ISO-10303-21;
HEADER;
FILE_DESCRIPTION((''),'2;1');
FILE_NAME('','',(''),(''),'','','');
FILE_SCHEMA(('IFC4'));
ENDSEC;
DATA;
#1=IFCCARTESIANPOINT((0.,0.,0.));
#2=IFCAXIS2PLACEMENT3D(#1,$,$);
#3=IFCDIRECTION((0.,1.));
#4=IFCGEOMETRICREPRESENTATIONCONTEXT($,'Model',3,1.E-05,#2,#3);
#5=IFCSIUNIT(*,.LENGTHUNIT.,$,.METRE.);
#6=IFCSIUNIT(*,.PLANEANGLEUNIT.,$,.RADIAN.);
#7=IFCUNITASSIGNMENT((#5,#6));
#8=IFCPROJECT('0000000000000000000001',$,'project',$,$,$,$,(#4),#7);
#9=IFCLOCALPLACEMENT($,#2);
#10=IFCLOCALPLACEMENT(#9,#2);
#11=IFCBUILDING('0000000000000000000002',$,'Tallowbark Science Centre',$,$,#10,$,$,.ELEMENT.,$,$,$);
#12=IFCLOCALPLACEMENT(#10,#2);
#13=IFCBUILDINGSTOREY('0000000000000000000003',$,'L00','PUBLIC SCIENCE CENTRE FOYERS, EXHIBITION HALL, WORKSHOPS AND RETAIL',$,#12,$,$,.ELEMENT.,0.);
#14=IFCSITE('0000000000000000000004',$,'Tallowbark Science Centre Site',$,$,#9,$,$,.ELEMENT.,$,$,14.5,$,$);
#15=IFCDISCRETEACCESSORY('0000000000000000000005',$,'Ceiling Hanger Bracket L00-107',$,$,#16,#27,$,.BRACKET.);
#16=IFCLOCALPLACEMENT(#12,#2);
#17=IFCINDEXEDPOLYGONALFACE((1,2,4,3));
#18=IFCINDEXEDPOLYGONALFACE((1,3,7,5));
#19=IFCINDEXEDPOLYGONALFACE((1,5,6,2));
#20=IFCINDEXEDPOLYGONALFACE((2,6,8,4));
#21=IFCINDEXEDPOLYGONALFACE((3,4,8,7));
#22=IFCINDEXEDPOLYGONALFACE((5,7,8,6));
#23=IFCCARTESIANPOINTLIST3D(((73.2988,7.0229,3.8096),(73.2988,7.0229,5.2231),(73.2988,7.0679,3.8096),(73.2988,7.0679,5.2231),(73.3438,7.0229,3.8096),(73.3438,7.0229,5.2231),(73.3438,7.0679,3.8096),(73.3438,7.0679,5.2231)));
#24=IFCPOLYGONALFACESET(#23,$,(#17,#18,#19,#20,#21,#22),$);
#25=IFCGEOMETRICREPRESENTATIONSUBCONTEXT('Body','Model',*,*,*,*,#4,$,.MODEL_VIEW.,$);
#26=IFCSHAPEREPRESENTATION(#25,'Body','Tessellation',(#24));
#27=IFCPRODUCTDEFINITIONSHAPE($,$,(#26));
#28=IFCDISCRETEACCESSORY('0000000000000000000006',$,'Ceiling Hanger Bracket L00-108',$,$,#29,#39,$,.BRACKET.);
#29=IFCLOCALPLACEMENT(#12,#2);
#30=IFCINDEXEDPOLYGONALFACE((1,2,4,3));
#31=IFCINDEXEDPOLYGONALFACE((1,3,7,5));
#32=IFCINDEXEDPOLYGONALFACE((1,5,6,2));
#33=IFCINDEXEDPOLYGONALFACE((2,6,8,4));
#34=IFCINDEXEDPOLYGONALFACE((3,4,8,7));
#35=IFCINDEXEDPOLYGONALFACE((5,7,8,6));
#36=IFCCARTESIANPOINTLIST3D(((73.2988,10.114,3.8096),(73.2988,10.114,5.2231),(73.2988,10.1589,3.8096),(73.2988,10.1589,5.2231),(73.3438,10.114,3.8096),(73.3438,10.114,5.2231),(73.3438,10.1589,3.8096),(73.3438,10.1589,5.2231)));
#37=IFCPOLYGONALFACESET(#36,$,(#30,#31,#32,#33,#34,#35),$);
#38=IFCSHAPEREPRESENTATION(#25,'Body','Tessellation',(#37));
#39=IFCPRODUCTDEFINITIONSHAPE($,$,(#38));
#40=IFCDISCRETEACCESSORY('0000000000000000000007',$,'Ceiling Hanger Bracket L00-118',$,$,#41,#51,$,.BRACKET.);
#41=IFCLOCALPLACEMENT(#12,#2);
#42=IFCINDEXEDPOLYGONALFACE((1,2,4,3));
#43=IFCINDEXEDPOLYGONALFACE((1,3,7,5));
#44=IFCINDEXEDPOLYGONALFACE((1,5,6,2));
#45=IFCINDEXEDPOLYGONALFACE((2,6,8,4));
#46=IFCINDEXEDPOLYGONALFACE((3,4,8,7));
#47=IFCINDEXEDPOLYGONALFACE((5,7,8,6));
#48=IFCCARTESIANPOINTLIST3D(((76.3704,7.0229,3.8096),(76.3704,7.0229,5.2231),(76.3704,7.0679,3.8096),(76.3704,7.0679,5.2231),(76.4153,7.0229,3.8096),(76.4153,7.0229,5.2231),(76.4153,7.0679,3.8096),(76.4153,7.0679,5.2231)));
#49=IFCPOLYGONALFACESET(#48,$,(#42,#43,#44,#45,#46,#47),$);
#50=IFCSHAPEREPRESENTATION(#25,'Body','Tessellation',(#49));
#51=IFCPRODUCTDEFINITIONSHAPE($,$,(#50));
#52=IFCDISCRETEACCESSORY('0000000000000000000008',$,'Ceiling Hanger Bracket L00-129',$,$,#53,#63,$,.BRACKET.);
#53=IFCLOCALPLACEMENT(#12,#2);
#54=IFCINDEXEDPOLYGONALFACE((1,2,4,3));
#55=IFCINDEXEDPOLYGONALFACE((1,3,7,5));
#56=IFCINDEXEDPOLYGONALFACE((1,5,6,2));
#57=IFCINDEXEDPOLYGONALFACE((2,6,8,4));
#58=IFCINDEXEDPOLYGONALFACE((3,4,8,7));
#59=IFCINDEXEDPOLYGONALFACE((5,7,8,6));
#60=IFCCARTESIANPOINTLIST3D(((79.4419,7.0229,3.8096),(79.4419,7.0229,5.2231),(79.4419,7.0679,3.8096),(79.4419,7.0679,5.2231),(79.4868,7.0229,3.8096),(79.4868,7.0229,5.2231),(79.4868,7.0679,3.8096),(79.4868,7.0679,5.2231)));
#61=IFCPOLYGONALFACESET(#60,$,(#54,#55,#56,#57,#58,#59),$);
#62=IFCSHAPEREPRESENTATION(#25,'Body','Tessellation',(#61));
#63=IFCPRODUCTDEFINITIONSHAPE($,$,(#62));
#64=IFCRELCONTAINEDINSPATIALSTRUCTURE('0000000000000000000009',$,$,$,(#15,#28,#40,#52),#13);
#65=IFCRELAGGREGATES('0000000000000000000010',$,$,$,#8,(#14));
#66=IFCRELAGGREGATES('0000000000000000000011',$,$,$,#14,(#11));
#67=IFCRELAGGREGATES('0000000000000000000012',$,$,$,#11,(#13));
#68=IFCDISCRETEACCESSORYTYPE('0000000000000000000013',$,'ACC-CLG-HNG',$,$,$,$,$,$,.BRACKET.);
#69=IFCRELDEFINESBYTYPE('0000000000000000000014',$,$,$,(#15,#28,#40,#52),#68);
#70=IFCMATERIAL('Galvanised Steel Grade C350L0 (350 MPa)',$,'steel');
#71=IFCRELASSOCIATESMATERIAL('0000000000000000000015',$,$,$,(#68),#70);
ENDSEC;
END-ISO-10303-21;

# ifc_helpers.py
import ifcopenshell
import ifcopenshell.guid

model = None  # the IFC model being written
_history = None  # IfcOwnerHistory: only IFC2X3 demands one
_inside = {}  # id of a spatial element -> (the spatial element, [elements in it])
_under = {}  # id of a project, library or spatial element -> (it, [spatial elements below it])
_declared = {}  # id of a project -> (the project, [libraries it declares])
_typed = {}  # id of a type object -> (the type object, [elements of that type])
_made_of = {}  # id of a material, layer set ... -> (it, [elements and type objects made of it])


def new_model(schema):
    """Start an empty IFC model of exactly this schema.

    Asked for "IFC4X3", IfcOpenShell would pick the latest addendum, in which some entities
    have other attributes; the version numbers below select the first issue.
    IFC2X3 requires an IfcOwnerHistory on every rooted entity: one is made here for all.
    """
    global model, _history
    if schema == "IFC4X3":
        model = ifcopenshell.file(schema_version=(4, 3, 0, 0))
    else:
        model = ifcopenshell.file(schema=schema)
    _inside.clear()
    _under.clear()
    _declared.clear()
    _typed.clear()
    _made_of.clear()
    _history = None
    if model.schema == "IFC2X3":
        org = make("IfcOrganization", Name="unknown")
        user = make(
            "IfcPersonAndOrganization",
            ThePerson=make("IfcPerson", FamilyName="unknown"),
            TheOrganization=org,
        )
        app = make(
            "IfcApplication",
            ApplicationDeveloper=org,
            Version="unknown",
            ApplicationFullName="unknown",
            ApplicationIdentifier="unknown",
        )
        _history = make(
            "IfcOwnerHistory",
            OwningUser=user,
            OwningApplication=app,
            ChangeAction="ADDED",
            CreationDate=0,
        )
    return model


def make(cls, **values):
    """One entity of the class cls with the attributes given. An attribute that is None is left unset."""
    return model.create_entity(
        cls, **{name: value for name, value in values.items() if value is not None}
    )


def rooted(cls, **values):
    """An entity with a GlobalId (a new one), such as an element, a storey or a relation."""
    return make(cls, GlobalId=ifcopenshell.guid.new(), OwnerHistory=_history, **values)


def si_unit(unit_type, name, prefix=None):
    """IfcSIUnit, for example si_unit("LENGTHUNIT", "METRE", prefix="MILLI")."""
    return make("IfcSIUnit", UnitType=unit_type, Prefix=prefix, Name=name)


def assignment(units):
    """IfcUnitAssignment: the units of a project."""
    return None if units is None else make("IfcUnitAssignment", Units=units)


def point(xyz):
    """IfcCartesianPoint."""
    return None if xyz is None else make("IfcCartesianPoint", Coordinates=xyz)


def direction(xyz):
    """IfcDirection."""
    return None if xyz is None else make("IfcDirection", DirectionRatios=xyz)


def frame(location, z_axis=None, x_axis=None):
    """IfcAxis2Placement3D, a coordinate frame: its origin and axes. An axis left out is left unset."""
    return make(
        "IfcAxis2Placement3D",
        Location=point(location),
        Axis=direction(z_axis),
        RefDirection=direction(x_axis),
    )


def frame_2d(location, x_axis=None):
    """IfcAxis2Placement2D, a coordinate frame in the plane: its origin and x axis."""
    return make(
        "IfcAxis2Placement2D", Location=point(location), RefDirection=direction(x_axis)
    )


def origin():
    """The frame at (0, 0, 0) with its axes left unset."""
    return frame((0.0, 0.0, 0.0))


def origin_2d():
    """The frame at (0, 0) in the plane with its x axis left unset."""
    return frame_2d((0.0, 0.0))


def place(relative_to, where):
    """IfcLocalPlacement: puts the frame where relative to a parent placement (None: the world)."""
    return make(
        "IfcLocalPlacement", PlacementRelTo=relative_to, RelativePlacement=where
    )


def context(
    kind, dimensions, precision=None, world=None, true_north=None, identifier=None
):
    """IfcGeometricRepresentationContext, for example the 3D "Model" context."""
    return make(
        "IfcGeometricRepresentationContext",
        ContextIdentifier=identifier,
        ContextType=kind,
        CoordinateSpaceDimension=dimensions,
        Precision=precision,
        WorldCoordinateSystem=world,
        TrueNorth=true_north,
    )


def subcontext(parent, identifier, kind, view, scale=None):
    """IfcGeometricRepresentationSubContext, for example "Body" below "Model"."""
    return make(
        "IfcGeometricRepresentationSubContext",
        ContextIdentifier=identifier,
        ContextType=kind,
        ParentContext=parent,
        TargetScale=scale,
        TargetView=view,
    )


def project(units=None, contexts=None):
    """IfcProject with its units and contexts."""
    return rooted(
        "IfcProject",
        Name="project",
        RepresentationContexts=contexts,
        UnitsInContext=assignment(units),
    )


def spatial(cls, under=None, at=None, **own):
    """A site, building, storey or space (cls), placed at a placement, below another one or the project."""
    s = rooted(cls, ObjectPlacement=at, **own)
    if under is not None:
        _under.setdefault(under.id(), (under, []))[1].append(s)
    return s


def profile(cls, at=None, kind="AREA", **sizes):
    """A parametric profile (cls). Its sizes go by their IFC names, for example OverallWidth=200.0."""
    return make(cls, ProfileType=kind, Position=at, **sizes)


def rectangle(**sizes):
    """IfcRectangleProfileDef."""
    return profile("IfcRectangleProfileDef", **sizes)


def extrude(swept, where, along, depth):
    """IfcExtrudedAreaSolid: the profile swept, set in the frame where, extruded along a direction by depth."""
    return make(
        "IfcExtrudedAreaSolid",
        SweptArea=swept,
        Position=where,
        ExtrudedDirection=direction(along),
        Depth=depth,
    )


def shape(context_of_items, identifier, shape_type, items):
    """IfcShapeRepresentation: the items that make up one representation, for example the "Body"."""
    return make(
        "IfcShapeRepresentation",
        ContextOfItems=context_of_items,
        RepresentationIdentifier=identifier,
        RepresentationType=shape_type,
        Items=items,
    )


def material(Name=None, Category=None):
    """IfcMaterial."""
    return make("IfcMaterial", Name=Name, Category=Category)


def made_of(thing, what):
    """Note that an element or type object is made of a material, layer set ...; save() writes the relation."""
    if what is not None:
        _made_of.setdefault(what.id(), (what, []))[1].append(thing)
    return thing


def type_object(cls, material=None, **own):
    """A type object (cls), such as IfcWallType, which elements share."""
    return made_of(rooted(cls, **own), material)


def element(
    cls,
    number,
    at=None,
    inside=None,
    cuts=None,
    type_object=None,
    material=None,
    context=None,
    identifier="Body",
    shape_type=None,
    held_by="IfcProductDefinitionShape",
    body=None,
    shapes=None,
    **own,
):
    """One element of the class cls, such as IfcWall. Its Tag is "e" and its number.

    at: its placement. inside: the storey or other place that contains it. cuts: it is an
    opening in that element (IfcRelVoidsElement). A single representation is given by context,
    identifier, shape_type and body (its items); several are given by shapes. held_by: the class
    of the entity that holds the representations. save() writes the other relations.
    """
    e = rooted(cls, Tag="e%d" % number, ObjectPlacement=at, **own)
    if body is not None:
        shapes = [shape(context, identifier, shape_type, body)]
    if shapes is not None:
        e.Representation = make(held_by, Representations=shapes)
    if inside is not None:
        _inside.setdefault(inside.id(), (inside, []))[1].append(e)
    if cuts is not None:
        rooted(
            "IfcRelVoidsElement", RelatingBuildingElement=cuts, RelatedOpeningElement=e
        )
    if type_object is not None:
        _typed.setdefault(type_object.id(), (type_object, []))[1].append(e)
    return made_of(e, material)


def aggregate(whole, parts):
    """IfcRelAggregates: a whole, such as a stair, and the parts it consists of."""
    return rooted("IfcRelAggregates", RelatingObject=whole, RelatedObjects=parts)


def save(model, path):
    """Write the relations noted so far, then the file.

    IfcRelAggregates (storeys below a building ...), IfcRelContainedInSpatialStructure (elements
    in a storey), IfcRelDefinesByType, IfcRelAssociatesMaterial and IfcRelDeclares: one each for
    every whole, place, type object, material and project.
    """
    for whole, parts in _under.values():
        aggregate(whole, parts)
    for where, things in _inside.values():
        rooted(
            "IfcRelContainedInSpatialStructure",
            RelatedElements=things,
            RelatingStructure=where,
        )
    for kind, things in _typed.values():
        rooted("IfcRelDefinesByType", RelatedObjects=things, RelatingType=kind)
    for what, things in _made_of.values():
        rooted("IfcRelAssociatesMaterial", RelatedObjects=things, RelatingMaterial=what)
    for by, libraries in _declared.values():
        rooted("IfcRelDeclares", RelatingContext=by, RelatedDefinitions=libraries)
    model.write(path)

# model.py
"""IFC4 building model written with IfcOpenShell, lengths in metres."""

from ifc_helpers import new_model, si_unit, direction, frame, origin, origin_2d, place, context, subcontext, project, spatial, rectangle, extrude, material, type_object, element, save


model = new_model("IFC4")

# Units and contexts
model_context = context("Model", 3, precision=1e-05, world=origin(), true_north=direction((0.0, 1.0)))
body_context = subcontext(model_context, "Body", "Model", "MODEL_VIEW")
ifc_project = project(units=[si_unit("LENGTHUNIT", "METRE"), si_unit("PLANEANGLEUNIT", "RADIAN")], contexts=[model_context])

# Site, building, storey
site_placement = place(None, origin())
site = spatial("IfcSite", under=ifc_project, at=site_placement, Name="Tallowbark Science Centre Site", CompositionType="ELEMENT", RefElevation=14.5)
building_placement = place(site_placement, origin())
building = spatial("IfcBuilding", under=site, at=building_placement, Name="Tallowbark Science Centre", CompositionType="ELEMENT")
storey_placement = place(building_placement, origin())
storey = spatial("IfcBuildingStorey", under=building, at=storey_placement, Name="L00", Description="PUBLIC SCIENCE CENTRE FOYERS, EXHIBITION HALL, WORKSHOPS AND RETAIL", CompositionType="ELEMENT", Elevation=0.0)

# Discrete accessories
ifc_material_1 = material(Name="Galvanised Steel Grade C350L0 (350 MPa)", Category="steel")
discrete_accessory_type = type_object("IfcDiscreteAccessoryType", Name="ACC-CLG-HNG", PredefinedType="BRACKET", material=ifc_material_1)
for number, where, z_axis, x_axis, name in (
    (1, (73.3213, 7.0454, 3.8096), (0.0, 0.0, 1.0), (1.0, 0.0, 0.0), "Ceiling Hanger Bracket L00-107"),
    (2, (73.3213, 10.1365, 3.8096), (0.0, 0.0, 1.0), (1.0, 0.0, 0.0), "Ceiling Hanger Bracket L00-108"),
    (3, (76.3928, 7.0454, 3.8096), (0.0, 0.0, 1.0), (1.0, 0.0, 0.0), "Ceiling Hanger Bracket L00-118"),
    (4, (79.4644, 7.0454, 3.8096), (0.0, 0.0, 1.0), (1.0, 0.0, 0.0), "Ceiling Hanger Bracket L00-129"),
):
    element("IfcDiscreteAccessory", number, at=place(storey_placement, frame(where, z_axis=z_axis, x_axis=x_axis)), inside=storey, type_object=discrete_accessory_type, Name=name, PredefinedType="BRACKET", context=body_context, shape_type="SweptSolid", body=[
        extrude(rectangle(XDim=0.0449, YDim=0.0449, at=origin_2d()), origin(), (0.0, 0.0, 1.0), 1.4136),
    ])

save(model, "model.ifc")
